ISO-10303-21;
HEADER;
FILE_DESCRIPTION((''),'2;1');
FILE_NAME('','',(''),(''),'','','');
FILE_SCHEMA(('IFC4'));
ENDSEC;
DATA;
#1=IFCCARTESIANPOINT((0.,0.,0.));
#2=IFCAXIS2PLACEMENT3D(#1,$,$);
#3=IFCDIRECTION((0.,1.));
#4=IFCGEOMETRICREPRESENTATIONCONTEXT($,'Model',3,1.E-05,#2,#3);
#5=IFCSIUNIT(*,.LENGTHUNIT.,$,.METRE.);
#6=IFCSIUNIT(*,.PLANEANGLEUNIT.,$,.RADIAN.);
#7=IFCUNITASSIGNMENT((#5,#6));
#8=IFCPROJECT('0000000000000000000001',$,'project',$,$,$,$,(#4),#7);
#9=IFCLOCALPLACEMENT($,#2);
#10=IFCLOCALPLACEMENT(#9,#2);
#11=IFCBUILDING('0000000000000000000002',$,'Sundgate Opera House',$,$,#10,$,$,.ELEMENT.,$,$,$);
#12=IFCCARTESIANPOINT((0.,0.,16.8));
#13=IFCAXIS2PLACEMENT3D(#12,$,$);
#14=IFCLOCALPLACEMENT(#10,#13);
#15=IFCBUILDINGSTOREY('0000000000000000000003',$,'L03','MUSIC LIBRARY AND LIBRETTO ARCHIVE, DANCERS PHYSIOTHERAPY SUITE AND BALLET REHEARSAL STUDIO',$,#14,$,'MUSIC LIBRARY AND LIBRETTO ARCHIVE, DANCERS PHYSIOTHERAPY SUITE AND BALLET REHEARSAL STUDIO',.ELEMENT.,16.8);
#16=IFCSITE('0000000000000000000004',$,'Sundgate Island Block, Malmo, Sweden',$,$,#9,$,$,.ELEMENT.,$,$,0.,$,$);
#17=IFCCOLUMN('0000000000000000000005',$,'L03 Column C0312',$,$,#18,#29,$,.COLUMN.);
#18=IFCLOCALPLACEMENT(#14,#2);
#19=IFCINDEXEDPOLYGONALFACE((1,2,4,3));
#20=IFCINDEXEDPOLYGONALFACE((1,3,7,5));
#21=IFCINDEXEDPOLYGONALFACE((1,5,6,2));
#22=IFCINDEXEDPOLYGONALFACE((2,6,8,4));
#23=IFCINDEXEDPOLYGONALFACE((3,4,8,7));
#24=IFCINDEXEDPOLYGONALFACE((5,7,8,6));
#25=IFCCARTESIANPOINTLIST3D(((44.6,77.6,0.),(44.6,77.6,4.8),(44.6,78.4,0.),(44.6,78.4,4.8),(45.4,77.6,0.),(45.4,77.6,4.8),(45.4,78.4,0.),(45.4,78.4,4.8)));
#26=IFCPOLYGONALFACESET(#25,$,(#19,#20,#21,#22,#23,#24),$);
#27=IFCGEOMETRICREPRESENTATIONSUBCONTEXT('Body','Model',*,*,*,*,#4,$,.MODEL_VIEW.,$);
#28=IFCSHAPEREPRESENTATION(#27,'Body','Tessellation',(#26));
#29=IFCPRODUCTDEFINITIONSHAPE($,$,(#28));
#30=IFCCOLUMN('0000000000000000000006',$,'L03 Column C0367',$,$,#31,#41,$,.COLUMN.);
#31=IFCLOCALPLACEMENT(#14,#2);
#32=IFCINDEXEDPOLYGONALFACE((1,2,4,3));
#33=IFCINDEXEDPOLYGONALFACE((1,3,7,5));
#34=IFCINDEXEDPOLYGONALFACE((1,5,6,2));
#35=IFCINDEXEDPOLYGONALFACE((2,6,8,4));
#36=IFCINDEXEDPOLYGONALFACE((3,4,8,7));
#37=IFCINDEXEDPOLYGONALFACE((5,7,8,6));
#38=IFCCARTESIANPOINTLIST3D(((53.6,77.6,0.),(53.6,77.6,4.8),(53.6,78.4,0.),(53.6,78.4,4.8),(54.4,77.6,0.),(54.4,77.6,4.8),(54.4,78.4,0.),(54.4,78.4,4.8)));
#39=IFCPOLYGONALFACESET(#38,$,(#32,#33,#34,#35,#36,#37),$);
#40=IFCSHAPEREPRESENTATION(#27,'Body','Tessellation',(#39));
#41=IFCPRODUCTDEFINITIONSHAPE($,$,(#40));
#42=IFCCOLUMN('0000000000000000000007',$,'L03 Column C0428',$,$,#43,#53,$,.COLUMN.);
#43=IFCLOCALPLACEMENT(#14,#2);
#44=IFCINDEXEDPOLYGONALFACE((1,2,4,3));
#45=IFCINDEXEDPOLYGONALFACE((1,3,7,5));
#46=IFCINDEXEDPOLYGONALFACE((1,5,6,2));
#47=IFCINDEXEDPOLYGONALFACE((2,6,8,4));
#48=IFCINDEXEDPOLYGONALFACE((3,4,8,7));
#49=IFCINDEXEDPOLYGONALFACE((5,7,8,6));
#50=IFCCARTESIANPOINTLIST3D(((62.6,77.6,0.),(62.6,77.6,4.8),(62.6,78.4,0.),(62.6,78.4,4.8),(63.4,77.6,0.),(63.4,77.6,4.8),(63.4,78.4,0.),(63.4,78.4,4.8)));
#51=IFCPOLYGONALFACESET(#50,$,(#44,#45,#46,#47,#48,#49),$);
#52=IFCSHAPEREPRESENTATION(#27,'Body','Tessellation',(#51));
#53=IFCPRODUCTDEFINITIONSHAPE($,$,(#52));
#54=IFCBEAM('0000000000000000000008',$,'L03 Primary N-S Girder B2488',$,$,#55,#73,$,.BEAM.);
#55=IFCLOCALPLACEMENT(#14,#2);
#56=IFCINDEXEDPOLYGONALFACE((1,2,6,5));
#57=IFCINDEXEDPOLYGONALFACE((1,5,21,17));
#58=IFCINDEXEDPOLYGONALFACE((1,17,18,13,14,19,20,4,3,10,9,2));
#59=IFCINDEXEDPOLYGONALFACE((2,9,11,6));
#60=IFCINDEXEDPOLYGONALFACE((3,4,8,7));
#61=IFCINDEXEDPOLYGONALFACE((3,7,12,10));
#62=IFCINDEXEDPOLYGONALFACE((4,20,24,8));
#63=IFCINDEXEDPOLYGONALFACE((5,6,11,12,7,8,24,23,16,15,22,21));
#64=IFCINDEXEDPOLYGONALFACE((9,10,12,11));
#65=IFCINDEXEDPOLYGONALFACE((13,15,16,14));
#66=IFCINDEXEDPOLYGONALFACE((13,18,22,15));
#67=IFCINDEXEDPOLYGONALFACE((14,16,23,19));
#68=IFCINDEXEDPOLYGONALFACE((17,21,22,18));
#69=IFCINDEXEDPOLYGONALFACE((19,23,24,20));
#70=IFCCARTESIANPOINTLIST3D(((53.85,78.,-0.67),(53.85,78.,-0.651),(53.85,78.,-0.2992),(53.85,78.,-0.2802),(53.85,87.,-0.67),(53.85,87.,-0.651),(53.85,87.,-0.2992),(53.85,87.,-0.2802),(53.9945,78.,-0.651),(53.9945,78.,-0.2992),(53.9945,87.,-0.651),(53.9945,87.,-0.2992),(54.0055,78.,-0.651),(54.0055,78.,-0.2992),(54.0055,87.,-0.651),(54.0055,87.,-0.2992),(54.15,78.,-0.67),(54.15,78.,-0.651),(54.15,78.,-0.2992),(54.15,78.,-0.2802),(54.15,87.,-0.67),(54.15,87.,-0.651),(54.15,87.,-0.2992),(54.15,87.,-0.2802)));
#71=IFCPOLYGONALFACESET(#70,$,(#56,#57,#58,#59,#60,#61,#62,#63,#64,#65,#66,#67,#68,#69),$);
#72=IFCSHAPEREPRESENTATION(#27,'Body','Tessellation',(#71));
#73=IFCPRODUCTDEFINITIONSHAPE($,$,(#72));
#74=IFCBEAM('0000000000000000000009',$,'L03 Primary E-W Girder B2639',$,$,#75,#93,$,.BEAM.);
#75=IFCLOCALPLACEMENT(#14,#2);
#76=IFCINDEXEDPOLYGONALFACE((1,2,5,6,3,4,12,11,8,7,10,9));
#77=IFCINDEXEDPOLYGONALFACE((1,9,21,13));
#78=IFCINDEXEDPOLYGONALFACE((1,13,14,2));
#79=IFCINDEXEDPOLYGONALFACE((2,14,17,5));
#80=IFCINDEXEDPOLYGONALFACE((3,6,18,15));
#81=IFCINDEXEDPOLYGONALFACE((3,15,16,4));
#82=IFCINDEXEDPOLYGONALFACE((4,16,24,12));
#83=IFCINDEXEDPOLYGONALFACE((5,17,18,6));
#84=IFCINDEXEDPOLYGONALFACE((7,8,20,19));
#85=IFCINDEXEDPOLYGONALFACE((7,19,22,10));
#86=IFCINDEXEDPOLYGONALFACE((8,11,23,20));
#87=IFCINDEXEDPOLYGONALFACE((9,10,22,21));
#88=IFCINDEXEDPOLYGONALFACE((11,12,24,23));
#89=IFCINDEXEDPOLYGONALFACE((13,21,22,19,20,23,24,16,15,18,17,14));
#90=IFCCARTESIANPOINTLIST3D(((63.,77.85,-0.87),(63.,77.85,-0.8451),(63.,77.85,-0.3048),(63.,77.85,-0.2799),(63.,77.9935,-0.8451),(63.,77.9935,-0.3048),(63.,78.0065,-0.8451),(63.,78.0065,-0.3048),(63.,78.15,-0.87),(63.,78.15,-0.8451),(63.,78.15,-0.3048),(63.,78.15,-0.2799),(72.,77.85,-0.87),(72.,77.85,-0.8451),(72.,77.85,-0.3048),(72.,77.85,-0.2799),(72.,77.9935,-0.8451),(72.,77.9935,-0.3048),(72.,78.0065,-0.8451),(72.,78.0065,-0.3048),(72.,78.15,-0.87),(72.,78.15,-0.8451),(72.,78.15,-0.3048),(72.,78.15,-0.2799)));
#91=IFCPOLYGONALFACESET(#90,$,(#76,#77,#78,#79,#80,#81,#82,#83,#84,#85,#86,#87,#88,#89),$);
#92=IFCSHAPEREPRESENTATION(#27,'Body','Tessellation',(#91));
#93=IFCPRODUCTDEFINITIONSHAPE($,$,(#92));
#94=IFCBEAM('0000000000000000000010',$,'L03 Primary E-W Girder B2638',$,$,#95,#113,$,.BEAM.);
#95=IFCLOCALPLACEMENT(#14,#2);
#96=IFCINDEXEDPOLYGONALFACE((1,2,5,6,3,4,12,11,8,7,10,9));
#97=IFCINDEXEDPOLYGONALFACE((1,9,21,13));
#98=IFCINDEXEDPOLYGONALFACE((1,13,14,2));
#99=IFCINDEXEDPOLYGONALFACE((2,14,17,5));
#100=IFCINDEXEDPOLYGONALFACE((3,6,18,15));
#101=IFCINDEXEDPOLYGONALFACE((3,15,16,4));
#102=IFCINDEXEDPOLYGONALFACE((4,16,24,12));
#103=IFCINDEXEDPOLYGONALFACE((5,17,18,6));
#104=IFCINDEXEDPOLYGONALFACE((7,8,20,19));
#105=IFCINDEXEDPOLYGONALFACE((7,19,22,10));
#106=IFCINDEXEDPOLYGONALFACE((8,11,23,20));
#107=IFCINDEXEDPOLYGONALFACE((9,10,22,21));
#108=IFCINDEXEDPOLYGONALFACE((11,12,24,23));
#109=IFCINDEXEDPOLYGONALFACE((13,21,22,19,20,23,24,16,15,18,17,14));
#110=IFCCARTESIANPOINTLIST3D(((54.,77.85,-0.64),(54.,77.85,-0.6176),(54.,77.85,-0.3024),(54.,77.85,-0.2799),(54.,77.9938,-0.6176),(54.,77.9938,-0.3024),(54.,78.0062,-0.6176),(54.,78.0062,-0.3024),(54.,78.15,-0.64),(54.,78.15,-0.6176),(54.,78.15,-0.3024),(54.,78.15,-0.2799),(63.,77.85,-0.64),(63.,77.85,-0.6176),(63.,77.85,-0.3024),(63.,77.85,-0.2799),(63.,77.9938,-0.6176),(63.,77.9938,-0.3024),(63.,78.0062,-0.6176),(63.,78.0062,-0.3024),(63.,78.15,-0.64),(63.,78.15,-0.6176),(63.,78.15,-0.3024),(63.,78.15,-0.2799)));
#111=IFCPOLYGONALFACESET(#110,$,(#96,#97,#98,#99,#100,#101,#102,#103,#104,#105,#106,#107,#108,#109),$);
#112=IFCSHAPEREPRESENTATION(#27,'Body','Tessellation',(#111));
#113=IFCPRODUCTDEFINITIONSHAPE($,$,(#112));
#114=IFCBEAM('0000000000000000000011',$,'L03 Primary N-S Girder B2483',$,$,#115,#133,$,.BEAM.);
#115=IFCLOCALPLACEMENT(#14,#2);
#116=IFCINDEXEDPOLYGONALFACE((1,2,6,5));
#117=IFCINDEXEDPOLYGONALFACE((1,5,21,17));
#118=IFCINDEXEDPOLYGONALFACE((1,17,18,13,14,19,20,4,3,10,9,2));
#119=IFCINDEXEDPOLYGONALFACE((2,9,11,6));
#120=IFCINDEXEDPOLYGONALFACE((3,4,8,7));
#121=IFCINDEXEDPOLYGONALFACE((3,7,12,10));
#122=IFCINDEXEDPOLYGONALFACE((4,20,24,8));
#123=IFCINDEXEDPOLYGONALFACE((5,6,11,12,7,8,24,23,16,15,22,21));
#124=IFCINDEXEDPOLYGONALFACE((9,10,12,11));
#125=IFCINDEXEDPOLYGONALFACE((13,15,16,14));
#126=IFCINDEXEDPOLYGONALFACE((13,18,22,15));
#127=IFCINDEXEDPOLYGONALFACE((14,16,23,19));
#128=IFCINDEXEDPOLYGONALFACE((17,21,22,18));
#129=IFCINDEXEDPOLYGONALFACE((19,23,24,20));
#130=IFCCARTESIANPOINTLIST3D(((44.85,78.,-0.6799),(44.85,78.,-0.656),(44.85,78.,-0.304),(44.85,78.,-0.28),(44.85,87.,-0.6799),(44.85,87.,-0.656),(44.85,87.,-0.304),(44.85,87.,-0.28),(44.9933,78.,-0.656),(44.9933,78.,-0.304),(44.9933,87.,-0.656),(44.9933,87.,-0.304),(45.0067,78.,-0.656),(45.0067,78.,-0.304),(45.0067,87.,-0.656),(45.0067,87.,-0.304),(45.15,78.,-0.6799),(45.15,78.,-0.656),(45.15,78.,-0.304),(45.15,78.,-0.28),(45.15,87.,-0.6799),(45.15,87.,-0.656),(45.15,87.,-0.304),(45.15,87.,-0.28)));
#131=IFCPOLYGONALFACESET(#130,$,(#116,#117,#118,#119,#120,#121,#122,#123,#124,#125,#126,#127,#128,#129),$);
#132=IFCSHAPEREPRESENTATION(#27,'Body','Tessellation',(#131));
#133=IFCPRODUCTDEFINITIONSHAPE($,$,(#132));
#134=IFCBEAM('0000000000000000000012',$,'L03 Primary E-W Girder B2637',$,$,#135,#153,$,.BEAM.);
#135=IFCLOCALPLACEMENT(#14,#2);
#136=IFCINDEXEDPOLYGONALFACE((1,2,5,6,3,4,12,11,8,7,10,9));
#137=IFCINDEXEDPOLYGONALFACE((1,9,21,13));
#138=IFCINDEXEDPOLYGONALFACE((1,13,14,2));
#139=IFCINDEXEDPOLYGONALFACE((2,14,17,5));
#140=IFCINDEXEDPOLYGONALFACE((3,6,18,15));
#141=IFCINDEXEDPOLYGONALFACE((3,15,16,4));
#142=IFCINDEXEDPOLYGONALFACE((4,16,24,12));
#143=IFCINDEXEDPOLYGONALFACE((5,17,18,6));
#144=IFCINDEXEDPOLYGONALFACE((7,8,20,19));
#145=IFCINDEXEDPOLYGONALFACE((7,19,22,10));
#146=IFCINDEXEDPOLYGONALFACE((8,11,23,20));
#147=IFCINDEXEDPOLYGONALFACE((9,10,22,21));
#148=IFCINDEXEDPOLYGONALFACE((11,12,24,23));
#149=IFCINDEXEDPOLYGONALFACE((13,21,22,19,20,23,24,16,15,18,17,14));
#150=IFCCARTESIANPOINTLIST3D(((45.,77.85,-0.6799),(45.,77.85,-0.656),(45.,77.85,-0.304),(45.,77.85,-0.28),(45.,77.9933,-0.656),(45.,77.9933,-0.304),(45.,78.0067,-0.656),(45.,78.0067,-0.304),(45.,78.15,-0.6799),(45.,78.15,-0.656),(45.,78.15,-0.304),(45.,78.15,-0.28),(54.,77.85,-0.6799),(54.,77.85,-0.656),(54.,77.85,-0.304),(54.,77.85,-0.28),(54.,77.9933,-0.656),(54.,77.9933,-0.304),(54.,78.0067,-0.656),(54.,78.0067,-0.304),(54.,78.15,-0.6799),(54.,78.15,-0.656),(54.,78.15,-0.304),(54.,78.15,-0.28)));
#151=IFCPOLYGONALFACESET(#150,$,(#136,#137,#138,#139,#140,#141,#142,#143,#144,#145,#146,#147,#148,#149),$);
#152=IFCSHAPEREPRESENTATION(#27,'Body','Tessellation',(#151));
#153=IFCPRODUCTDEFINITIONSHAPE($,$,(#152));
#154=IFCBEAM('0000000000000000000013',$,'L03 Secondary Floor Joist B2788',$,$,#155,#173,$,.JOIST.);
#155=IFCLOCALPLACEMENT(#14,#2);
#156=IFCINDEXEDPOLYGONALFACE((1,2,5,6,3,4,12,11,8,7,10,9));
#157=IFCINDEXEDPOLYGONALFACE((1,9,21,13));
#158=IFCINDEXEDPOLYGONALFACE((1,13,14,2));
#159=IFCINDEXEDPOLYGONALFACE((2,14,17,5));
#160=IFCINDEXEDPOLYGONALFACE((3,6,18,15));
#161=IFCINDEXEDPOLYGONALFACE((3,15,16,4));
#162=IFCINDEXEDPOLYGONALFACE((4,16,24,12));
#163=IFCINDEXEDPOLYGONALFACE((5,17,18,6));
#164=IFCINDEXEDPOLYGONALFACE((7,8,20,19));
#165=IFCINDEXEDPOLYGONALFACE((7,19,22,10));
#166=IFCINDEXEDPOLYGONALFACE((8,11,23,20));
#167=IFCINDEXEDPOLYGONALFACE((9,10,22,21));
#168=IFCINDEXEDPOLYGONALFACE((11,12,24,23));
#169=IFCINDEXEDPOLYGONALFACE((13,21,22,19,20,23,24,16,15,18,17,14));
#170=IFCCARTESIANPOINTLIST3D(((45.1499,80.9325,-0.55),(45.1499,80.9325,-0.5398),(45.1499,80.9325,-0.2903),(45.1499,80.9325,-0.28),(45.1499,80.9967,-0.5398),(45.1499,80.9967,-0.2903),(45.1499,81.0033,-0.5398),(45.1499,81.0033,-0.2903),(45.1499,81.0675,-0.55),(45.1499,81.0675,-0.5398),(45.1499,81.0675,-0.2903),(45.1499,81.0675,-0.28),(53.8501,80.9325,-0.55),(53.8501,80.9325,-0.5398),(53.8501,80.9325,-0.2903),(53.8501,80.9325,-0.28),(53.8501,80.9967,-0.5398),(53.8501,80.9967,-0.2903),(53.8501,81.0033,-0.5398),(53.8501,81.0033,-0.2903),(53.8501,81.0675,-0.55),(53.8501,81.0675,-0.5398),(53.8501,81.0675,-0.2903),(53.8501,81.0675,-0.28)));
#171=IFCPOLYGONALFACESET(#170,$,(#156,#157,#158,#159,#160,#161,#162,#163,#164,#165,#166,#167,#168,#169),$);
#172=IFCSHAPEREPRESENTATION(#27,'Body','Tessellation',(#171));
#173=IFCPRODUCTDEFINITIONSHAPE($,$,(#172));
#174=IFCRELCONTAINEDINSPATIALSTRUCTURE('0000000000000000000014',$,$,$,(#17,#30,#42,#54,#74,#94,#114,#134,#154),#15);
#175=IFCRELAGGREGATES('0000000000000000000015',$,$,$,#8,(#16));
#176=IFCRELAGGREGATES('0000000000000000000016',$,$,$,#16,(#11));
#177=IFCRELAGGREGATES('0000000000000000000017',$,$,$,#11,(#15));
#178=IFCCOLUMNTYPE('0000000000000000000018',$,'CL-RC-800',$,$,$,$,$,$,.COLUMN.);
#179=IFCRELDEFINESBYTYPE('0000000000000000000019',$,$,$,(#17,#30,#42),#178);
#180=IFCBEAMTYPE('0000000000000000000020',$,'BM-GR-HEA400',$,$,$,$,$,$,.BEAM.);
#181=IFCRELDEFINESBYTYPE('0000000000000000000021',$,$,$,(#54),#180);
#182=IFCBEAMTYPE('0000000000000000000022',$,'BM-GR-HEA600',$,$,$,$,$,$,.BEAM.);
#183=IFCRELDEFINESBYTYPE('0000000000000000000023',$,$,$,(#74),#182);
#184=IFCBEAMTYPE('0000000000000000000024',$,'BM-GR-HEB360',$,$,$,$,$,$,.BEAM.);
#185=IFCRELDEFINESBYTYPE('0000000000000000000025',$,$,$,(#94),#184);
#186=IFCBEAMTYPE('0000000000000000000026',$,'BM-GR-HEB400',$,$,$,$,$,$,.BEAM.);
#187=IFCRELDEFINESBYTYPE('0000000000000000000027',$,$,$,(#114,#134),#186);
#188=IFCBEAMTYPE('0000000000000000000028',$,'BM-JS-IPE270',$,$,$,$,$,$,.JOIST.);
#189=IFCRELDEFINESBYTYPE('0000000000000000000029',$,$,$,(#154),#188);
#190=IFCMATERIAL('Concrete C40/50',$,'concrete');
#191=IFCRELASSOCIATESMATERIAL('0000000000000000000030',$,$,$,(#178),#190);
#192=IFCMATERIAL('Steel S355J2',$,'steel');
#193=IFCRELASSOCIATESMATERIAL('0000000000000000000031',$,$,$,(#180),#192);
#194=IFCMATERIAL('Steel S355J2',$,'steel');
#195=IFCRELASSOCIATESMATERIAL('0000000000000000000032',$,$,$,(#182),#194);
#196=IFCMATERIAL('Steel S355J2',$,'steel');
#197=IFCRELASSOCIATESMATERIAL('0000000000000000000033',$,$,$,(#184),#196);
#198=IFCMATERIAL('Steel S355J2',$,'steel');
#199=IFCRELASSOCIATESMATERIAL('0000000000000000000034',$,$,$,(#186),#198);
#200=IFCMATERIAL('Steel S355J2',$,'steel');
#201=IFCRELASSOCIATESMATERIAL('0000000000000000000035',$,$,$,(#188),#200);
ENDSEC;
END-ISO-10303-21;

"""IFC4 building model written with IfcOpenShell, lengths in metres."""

from ifc_helpers import new_model, si_unit, direction, frame, origin, origin_2d, place, context, subcontext, project, spatial, rectangle, i_section, extrude, material, material_profile, profile_set, type_object, element, save


model = new_model("IFC4")

# Units and contexts
model_context = context("Model", 3, precision=1e-05, world=origin(), true_north=direction((0.0, 1.0)))
body_context = subcontext(model_context, "Body", "Model", "MODEL_VIEW")
ifc_project = project(units=[si_unit("LENGTHUNIT", "METRE"), si_unit("PLANEANGLEUNIT", "RADIAN")], contexts=[model_context])

# Site, building, storey
site_placement = place(None, origin())
site = spatial("IfcSite", under=ifc_project, at=site_placement, Name="Sundgate Island Block, Malmo, Sweden", CompositionType="ELEMENT", RefElevation=0.0)
building_placement = place(site_placement, origin())
building = spatial("IfcBuilding", under=site, at=building_placement, Name="Sundgate Opera House", CompositionType="ELEMENT")
storey_placement = place(building_placement, frame((0.0, 0.0, 16.8)))
storey = spatial("IfcBuildingStorey", under=building, at=storey_placement, Name="L03", Description="MUSIC LIBRARY AND LIBRETTO ARCHIVE, DANCERS PHYSIOTHERAPY SUITE AND BALLET REHEARSAL STUDIO", LongName="MUSIC LIBRARY AND LIBRETTO ARCHIVE, DANCERS PHYSIOTHERAPY SUITE AND BALLET REHEARSAL STUDIO", CompositionType="ELEMENT", Elevation=16.8)

# Columns
ifc_material_1 = material(Name="Concrete C40/50", Category="concrete")
ifc_material_profile_1 = material_profile(ifc_material_1, rectangle(XDim=0.8, YDim=0.8, at=origin_2d()), Name="RC 800x800")
ifc_profile_set_1 = profile_set([ifc_material_profile_1], Name="Concrete C40/50")
column_type = type_object("IfcColumnType", Name="CL-RC-800", PredefinedType="COLUMN", material=ifc_profile_set_1)
for number, where, z_axis, x_axis, name in (
    (1, (45.0, 78.0, 0.0), (0.0, 0.0, 1.0), (1.0, 0.0, 0.0), "L03 Column C0312"),
    (2, (54.0, 78.0, 0.0), (0.0, 0.0, 1.0), (1.0, 0.0, 0.0), "L03 Column C0367"),
    (3, (63.0, 78.0, 0.0), (0.0, 0.0, 1.0), (1.0, 0.0, 0.0), "L03 Column C0428"),
):
    element("IfcColumn", number, at=place(storey_placement, frame(where, z_axis=z_axis, x_axis=x_axis)), inside=storey, type_object=column_type, Name=name, PredefinedType="COLUMN", context=body_context, shape_type="SweptSolid", body=[
        extrude(rectangle(XDim=0.8, YDim=0.8, at=origin_2d()), origin(), (0.0, 0.0, 1.0), 4.8),
    ])

# Beams
ifc_material_2 = material(Name="Steel S355J2", Category="steel")
ifc_material_profile_2 = material_profile(ifc_material_2, i_section(OverallWidth=0.3, OverallDepth=0.3899, WebThickness=0.011, FlangeThickness=0.019, at=origin_2d()), Name="HEA 400")
ifc_profile_set_2 = profile_set([ifc_material_profile_2], Name="Steel S355J2")
beam_type_1 = type_object("IfcBeamType", Name="BM-GR-HEA400", PredefinedType="BEAM", material=ifc_profile_set_2)
beam_1_placement = place(storey_placement, frame((54.0, 78.0, -0.4751), z_axis=(0.0, 1.0, 0.0), x_axis=(-1.0, 0.0, 0.0)))
element("IfcBeam", 4, at=beam_1_placement, inside=storey, type_object=beam_type_1, Name="L03 Primary N-S Girder B2488", PredefinedType="BEAM", context=body_context, shape_type="SweptSolid", body=[
    extrude(i_section(OverallWidth=0.3, OverallDepth=0.3899, WebThickness=0.011, FlangeThickness=0.019, at=origin_2d()), origin(), (0.0, 0.0, 1.0), 9.0),
])
ifc_material_3 = material(Name="Steel S355J2", Category="steel")
ifc_material_profile_3 = material_profile(ifc_material_3, i_section(OverallWidth=0.3, OverallDepth=0.5901, WebThickness=0.0129, FlangeThickness=0.0249, at=origin_2d()), Name="HEA 600")
ifc_profile_set_3 = profile_set([ifc_material_profile_3], Name="Steel S355J2")
beam_type_2 = type_object("IfcBeamType", Name="BM-GR-HEA600", PredefinedType="BEAM", material=ifc_profile_set_3)
beam_2_placement = place(storey_placement, frame((63.0, 78.0, -0.575), z_axis=(1.0, 0.0, 0.0), x_axis=(0.0, 1.0, 0.0)))
element("IfcBeam", 5, at=beam_2_placement, inside=storey, type_object=beam_type_2, Name="L03 Primary E-W Girder B2639", PredefinedType="BEAM", context=body_context, shape_type="SweptSolid", body=[
    extrude(i_section(OverallWidth=0.3, OverallDepth=0.5901, WebThickness=0.0129, FlangeThickness=0.0249, at=origin_2d()), origin(), (0.0, 0.0, 1.0), 9.0),
])
ifc_material_4 = material(Name="Steel S355J2", Category="steel")
ifc_material_profile_4 = material_profile(ifc_material_4, i_section(OverallWidth=0.3, OverallDepth=0.3601, WebThickness=0.0125, FlangeThickness=0.0225, at=origin_2d()), Name="HEB 360")
ifc_profile_set_4 = profile_set([ifc_material_profile_4], Name="Steel S355J2")
beam_type_3 = type_object("IfcBeamType", Name="BM-GR-HEB360", PredefinedType="BEAM", material=ifc_profile_set_4)
beam_3_placement = place(storey_placement, frame((54.0, 78.0, -0.46), z_axis=(1.0, 0.0, 0.0), x_axis=(0.0, 1.0, 0.0)))
element("IfcBeam", 6, at=beam_3_placement, inside=storey, type_object=beam_type_3, Name="L03 Primary E-W Girder B2638", PredefinedType="BEAM", context=body_context, shape_type="SweptSolid", body=[
    extrude(i_section(OverallWidth=0.3, OverallDepth=0.3601, WebThickness=0.0125, FlangeThickness=0.0225, at=origin_2d()), origin(), (0.0, 0.0, 1.0), 9.0),
])
ifc_material_5 = material(Name="Steel S355J2", Category="steel")
ifc_material_profile_5 = material_profile(ifc_material_5, i_section(OverallWidth=0.3, OverallDepth=0.3999, WebThickness=0.0134, FlangeThickness=0.0239, at=origin_2d()), Name="HEB 400")
ifc_profile_set_5 = profile_set([ifc_material_profile_5], Name="Steel S355J2")
beam_type_4 = type_object("IfcBeamType", Name="BM-GR-HEB400", PredefinedType="BEAM", material=ifc_profile_set_5)
for number, where, z_axis, x_axis, name in (
    (7, (45.0, 78.0, -0.48), (0.0, 1.0, 0.0), (-1.0, 0.0, 0.0), "L03 Primary N-S Girder B2483"),
    (8, (45.0, 78.0, -0.48), (1.0, 0.0, 0.0), (0.0, 1.0, 0.0), "L03 Primary E-W Girder B2637"),
):
    element("IfcBeam", number, at=place(storey_placement, frame(where, z_axis=z_axis, x_axis=x_axis)), inside=storey, type_object=beam_type_4, Name=name, PredefinedType="BEAM", context=body_context, shape_type="SweptSolid", body=[
        extrude(i_section(OverallWidth=0.3, OverallDepth=0.3999, WebThickness=0.0134, FlangeThickness=0.0239, at=origin_2d()), origin(), (0.0, 0.0, 1.0), 9.0),
    ])
ifc_material_6 = material(Name="Steel S355J2", Category="steel")
ifc_material_profile_6 = material_profile(ifc_material_6, i_section(OverallWidth=0.135, OverallDepth=0.27, WebThickness=0.0066, FlangeThickness=0.0103, at=origin_2d()), Name="IPE 270")
ifc_profile_set_6 = profile_set([ifc_material_profile_6], Name="Steel S355J2")
beam_type_5 = type_object("IfcBeamType", Name="BM-JS-IPE270", PredefinedType="JOIST", material=ifc_profile_set_6)
beam_4_placement = place(storey_placement, frame((45.1499, 81.0, -0.415), z_axis=(1.0, 0.0, 0.0), x_axis=(0.0, 1.0, 0.0)))
element("IfcBeam", 9, at=beam_4_placement, inside=storey, type_object=beam_type_5, Name="L03 Secondary Floor Joist B2788", PredefinedType="JOIST", context=body_context, shape_type="SweptSolid", body=[
    extrude(i_section(OverallWidth=0.135, OverallDepth=0.27, WebThickness=0.0066, FlangeThickness=0.0103, at=origin_2d()), origin(), (0.0, 0.0, 1.0), 8.7002),
])

save(model, "model.ifc")
